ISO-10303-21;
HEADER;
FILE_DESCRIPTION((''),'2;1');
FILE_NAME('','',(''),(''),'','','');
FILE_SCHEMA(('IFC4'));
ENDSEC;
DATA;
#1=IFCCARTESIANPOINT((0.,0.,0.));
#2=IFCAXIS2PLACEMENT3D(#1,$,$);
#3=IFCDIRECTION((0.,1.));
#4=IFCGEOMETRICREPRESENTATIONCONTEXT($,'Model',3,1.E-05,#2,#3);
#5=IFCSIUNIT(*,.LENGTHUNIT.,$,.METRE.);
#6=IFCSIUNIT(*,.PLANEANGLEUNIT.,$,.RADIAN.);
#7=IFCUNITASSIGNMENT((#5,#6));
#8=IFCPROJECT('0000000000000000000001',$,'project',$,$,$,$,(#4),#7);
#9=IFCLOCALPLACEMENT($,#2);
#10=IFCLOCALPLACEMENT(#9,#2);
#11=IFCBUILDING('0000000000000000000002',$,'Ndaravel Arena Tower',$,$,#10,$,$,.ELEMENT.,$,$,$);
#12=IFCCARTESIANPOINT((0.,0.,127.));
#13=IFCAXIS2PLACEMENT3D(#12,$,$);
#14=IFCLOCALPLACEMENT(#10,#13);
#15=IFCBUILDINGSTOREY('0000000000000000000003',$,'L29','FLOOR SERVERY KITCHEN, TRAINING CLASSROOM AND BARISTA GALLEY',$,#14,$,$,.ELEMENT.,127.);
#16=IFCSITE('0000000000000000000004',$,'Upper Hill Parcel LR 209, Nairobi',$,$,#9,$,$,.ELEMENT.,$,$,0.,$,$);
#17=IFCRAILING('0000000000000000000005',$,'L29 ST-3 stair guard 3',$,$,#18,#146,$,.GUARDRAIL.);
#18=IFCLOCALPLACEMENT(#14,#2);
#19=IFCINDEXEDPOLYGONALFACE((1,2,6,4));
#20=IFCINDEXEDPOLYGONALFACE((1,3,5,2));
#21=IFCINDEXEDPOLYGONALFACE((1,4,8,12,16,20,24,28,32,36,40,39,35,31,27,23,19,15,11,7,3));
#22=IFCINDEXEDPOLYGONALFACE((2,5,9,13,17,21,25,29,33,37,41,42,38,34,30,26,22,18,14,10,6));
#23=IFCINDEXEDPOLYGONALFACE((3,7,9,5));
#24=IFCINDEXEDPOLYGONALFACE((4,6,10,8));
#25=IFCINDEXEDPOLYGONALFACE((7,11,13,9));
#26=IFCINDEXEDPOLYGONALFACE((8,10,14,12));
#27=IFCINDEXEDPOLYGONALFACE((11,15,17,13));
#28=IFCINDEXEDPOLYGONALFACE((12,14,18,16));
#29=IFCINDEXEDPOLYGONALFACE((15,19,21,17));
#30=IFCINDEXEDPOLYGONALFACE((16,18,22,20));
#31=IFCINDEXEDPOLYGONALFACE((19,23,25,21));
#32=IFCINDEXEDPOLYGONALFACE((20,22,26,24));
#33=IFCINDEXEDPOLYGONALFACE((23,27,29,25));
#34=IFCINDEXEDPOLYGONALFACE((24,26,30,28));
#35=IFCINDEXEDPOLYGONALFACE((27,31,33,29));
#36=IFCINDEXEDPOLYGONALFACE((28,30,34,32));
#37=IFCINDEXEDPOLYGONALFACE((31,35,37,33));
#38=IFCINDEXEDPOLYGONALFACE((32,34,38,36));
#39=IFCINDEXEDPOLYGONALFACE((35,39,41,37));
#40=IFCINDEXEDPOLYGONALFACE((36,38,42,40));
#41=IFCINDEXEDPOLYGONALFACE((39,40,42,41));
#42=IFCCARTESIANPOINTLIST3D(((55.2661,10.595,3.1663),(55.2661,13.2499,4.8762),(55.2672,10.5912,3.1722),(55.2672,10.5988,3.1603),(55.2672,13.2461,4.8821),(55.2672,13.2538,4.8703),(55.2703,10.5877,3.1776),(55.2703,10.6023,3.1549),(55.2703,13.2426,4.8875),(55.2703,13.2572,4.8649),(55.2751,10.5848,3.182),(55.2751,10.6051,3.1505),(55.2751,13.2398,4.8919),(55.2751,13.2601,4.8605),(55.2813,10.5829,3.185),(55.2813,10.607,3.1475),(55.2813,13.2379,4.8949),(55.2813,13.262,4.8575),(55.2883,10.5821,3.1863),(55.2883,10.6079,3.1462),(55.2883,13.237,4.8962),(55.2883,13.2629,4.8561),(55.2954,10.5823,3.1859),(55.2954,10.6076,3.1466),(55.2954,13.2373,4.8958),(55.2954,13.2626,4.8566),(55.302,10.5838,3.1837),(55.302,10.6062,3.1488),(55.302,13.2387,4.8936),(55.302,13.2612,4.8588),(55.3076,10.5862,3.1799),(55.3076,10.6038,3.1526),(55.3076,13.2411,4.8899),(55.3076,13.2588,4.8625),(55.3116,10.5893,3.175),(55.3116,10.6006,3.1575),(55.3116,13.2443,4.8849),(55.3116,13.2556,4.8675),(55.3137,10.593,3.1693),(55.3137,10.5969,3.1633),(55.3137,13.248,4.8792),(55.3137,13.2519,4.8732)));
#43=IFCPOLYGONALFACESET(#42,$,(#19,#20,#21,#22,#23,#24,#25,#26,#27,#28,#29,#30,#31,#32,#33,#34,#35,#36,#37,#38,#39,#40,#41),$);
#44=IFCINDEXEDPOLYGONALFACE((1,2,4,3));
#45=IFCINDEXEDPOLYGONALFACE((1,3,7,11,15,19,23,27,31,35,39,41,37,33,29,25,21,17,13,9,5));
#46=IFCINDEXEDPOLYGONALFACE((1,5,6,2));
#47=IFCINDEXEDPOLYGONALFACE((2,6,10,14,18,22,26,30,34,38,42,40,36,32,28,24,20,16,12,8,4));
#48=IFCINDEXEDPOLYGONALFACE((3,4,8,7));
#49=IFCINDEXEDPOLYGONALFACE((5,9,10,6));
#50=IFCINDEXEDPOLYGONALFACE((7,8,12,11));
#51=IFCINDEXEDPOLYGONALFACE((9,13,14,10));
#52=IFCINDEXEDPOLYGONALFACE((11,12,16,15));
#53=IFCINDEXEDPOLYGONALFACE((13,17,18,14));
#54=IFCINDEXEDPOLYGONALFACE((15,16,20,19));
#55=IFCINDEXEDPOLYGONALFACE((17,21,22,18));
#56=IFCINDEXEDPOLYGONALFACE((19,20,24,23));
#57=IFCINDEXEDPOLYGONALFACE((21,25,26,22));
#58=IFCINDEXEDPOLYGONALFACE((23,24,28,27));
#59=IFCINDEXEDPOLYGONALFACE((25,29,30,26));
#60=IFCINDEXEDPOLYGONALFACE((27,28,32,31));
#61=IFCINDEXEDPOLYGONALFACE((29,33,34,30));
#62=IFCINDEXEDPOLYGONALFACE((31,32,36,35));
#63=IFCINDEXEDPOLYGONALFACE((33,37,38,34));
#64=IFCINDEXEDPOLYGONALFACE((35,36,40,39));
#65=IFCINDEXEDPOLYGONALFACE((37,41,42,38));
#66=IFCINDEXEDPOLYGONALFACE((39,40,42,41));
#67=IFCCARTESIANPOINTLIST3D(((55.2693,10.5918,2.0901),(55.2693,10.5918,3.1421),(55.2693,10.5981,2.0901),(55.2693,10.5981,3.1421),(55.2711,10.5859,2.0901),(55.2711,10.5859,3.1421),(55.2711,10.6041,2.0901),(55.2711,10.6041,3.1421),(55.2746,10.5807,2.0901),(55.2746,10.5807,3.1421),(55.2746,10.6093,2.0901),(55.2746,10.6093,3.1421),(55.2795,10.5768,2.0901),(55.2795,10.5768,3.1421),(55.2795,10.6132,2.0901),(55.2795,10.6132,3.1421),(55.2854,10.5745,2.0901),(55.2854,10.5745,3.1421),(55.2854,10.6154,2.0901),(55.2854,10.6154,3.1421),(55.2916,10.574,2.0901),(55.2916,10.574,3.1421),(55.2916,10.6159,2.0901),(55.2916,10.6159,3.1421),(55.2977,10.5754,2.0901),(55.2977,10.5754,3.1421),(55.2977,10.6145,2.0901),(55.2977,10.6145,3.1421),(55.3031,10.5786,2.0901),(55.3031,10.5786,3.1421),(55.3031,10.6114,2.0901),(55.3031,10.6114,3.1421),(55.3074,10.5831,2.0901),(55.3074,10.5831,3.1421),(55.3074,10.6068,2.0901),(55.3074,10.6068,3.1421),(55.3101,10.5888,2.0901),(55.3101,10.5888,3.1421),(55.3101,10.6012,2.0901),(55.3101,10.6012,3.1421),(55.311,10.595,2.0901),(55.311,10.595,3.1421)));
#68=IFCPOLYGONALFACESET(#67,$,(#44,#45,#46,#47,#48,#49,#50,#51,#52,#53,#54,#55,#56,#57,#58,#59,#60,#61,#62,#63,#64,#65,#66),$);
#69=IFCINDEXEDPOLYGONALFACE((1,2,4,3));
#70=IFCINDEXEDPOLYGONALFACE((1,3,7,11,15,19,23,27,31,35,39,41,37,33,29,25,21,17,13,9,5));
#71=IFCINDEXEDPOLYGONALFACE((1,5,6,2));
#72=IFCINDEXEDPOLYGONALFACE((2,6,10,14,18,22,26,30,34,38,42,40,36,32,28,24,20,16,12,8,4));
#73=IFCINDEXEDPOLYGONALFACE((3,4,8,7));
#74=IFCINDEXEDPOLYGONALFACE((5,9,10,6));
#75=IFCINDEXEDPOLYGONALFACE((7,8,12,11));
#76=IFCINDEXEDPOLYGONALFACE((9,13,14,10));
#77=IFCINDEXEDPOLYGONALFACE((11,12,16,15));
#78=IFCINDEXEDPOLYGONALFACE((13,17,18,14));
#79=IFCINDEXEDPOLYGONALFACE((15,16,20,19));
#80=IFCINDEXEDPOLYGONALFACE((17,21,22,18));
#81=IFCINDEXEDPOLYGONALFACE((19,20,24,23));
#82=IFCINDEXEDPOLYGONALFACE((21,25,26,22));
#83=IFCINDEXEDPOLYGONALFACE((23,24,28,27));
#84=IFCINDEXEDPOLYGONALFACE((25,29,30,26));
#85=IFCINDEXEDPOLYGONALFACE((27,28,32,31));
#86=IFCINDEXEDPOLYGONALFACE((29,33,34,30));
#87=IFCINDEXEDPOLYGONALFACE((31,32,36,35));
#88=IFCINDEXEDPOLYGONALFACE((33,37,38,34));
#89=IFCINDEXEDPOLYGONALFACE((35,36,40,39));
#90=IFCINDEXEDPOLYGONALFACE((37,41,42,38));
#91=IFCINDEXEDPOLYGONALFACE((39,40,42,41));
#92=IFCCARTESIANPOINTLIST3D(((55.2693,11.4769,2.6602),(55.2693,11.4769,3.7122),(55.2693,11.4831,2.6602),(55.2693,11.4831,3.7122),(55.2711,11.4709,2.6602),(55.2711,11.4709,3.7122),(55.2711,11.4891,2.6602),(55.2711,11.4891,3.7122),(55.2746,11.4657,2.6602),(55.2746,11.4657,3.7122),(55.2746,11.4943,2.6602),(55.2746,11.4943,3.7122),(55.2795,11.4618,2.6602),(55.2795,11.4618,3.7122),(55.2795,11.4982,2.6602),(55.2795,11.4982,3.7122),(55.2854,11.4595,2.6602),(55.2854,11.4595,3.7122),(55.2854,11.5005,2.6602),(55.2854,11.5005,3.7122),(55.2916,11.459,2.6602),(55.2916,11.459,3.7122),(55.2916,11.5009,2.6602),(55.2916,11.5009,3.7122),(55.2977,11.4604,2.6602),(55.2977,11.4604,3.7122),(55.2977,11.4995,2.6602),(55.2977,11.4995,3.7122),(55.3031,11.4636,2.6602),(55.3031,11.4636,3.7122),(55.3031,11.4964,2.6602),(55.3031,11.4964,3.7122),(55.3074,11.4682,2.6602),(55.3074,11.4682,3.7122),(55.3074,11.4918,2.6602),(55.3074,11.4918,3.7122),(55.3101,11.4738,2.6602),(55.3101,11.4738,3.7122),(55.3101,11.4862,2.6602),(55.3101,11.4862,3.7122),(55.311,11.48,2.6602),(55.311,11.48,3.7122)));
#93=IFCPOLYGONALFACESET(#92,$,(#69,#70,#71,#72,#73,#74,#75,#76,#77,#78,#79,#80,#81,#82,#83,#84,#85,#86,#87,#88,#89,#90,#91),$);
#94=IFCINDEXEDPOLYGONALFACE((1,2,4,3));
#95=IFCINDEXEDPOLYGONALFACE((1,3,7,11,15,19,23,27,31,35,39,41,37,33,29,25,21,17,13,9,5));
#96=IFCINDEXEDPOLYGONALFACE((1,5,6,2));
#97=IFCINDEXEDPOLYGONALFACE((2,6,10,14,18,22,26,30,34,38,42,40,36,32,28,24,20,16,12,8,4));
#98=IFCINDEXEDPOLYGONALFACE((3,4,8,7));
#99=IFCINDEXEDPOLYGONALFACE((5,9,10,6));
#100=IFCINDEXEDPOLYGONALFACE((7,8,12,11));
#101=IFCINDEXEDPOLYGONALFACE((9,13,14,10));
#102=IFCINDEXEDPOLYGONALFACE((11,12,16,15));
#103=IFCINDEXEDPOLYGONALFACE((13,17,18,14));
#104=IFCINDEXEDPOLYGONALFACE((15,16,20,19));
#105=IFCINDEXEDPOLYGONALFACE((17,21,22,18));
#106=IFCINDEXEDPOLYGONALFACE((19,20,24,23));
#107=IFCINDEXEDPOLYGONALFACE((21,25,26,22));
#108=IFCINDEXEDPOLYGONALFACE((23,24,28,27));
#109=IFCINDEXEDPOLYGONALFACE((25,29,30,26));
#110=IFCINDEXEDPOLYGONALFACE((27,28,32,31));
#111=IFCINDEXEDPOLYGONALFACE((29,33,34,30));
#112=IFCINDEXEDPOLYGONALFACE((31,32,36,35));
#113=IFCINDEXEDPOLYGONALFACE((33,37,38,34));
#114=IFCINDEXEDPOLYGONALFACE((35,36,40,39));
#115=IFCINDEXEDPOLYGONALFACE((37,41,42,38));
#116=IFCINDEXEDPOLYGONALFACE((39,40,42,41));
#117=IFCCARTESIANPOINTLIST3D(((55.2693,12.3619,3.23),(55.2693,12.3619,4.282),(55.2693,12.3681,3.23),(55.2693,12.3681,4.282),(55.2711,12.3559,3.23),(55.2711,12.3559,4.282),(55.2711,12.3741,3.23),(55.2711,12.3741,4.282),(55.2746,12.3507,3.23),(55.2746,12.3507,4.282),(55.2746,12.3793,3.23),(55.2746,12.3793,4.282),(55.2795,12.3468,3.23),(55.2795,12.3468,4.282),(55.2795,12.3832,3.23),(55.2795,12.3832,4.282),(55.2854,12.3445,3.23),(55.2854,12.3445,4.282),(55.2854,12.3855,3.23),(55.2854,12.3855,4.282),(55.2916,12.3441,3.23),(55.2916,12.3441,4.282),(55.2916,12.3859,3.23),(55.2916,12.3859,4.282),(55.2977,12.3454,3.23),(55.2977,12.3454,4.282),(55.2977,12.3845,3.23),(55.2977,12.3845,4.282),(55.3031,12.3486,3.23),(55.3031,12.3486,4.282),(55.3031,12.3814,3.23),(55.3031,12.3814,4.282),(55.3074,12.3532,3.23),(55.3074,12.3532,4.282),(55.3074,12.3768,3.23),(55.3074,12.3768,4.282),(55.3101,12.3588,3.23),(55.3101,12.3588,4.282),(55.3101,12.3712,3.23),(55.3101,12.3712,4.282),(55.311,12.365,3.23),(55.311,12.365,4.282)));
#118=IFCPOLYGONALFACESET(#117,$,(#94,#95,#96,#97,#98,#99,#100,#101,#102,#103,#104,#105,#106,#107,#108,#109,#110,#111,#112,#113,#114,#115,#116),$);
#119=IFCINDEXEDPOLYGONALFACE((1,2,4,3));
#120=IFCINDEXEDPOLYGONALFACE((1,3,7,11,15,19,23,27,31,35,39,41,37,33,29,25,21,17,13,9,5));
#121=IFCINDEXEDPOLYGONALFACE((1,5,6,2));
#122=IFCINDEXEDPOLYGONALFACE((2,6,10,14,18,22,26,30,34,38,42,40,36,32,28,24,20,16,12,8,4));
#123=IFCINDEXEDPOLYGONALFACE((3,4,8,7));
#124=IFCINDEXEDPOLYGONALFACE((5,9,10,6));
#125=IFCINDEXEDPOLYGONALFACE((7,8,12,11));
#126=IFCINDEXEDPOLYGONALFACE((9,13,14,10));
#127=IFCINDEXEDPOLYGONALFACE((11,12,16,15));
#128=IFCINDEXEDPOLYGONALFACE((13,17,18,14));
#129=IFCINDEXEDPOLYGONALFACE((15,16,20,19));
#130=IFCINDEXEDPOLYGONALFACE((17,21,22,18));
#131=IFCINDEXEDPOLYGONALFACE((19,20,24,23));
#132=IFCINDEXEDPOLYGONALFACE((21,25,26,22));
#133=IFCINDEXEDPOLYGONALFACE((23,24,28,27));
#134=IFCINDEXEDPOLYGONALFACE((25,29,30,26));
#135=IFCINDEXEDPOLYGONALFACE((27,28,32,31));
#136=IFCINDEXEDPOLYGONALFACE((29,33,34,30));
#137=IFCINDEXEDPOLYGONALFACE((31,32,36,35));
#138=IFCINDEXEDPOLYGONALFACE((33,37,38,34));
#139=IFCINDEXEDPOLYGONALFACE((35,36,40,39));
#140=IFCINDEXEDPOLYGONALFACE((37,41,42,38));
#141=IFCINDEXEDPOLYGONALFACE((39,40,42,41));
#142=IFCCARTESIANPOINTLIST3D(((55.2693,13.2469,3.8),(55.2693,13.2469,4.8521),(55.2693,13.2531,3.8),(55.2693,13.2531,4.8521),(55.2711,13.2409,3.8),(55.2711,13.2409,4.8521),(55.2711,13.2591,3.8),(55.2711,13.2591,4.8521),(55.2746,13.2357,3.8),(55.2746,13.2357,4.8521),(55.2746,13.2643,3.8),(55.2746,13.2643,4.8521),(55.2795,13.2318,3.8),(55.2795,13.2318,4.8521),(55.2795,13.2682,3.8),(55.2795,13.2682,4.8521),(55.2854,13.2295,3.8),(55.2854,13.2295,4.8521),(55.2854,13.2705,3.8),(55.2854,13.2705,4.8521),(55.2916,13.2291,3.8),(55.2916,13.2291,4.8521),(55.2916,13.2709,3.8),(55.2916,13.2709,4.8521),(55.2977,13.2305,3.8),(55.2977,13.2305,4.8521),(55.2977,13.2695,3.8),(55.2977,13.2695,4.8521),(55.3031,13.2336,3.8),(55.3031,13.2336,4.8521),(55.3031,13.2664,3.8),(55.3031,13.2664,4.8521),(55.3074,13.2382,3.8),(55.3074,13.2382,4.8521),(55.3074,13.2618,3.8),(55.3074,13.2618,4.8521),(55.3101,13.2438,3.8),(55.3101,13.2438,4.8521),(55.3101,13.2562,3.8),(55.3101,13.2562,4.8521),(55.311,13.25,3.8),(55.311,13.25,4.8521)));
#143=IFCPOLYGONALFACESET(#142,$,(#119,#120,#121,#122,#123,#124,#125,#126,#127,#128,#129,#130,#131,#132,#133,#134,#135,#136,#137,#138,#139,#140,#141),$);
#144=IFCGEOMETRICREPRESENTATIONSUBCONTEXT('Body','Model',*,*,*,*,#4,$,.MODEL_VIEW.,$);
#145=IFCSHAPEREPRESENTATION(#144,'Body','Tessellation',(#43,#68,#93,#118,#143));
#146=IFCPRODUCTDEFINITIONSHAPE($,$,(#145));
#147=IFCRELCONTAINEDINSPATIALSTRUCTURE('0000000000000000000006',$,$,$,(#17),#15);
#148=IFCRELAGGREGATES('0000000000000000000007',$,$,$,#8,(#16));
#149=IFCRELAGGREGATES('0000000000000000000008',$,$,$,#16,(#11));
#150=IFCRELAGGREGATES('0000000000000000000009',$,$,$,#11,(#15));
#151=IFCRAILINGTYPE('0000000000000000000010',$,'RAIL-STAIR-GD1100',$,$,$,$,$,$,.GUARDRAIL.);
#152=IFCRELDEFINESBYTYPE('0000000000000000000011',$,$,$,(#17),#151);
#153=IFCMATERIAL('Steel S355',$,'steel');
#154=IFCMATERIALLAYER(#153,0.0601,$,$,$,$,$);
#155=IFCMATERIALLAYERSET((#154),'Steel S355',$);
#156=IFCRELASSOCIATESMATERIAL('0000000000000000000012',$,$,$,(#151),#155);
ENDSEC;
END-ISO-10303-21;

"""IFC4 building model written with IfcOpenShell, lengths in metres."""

from ifc_helpers import new_model, si_unit, direction, frame, origin, origin_2d, place, context, subcontext, project, spatial, circle, extrude, material, layer, layer_set, type_object, element, save


model = new_model("IFC4")

# Units and contexts
model_context = context("Model", 3, precision=1e-05, world=origin(), true_north=direction((0.0, 1.0)))
body_context = subcontext(model_context, "Body", "Model", "MODEL_VIEW")
ifc_project = project(units=[si_unit("LENGTHUNIT", "METRE"), si_unit("PLANEANGLEUNIT", "RADIAN")], contexts=[model_context])

# Site, building, storey
site_placement = place(None, origin())
site = spatial("IfcSite", under=ifc_project, at=site_placement, Name="Upper Hill Parcel LR 209, Nairobi", CompositionType="ELEMENT", RefElevation=0.0)
building_placement = place(site_placement, origin())
building = spatial("IfcBuilding", under=site, at=building_placement, Name="Ndaravel Arena Tower", CompositionType="ELEMENT")
storey_placement = place(building_placement, frame((0.0, 0.0, 127.0)))
storey = spatial("IfcBuildingStorey", under=building, at=storey_placement, Name="L29", Description="FLOOR SERVERY KITCHEN, TRAINING CLASSROOM AND BARISTA GALLEY", CompositionType="ELEMENT", Elevation=127.0)

# Railing
ifc_material_1 = material(Name="Steel S355", Category="steel")
ifc_layer_1 = layer(ifc_material_1, 0.0601)
ifc_layer_set_1 = layer_set([ifc_layer_1], Name="Steel S355")
railing_type_1 = type_object("IfcRailingType", Name="RAIL-STAIR-GD1100", PredefinedType="GUARDRAIL", material=ifc_layer_set_1)
railing_1_placement = place(storey_placement, frame((55.29, 10.595, 2.0901)))
element("IfcRailing", 1, at=railing_1_placement, inside=storey, type_object=railing_type_1, Name="L29 ST-3 stair guard 3", PredefinedType="GUARDRAIL", context=body_context, shape_type="SweptSolid", body=[
    extrude(circle(Radius=0.0239, at=origin_2d()), frame((0.0, 0.0, 1.0762), z_axis=(0.0, 0.840724, 0.541465), x_axis=(-1.0, 0.0, 0.0)), (0.0, 0.0, 1.0), 3.158),
    extrude(circle(Radius=0.021, at=origin_2d()), origin(), (0.0, 0.0, 1.0), 1.052),
    extrude(circle(Radius=0.021, at=origin_2d()), frame((0.0, 0.885, 0.5701)), (0.0, 0.0, 1.0), 1.052),
    extrude(circle(Radius=0.021, at=origin_2d()), frame((0.0, 1.77, 1.1399)), (0.0, 0.0, 1.0), 1.052),
    extrude(circle(Radius=0.021, at=origin_2d()), frame((0.0, 2.655, 1.71)), (0.0, 0.0, 1.0), 1.052),
])

save(model, "model.ifc")
